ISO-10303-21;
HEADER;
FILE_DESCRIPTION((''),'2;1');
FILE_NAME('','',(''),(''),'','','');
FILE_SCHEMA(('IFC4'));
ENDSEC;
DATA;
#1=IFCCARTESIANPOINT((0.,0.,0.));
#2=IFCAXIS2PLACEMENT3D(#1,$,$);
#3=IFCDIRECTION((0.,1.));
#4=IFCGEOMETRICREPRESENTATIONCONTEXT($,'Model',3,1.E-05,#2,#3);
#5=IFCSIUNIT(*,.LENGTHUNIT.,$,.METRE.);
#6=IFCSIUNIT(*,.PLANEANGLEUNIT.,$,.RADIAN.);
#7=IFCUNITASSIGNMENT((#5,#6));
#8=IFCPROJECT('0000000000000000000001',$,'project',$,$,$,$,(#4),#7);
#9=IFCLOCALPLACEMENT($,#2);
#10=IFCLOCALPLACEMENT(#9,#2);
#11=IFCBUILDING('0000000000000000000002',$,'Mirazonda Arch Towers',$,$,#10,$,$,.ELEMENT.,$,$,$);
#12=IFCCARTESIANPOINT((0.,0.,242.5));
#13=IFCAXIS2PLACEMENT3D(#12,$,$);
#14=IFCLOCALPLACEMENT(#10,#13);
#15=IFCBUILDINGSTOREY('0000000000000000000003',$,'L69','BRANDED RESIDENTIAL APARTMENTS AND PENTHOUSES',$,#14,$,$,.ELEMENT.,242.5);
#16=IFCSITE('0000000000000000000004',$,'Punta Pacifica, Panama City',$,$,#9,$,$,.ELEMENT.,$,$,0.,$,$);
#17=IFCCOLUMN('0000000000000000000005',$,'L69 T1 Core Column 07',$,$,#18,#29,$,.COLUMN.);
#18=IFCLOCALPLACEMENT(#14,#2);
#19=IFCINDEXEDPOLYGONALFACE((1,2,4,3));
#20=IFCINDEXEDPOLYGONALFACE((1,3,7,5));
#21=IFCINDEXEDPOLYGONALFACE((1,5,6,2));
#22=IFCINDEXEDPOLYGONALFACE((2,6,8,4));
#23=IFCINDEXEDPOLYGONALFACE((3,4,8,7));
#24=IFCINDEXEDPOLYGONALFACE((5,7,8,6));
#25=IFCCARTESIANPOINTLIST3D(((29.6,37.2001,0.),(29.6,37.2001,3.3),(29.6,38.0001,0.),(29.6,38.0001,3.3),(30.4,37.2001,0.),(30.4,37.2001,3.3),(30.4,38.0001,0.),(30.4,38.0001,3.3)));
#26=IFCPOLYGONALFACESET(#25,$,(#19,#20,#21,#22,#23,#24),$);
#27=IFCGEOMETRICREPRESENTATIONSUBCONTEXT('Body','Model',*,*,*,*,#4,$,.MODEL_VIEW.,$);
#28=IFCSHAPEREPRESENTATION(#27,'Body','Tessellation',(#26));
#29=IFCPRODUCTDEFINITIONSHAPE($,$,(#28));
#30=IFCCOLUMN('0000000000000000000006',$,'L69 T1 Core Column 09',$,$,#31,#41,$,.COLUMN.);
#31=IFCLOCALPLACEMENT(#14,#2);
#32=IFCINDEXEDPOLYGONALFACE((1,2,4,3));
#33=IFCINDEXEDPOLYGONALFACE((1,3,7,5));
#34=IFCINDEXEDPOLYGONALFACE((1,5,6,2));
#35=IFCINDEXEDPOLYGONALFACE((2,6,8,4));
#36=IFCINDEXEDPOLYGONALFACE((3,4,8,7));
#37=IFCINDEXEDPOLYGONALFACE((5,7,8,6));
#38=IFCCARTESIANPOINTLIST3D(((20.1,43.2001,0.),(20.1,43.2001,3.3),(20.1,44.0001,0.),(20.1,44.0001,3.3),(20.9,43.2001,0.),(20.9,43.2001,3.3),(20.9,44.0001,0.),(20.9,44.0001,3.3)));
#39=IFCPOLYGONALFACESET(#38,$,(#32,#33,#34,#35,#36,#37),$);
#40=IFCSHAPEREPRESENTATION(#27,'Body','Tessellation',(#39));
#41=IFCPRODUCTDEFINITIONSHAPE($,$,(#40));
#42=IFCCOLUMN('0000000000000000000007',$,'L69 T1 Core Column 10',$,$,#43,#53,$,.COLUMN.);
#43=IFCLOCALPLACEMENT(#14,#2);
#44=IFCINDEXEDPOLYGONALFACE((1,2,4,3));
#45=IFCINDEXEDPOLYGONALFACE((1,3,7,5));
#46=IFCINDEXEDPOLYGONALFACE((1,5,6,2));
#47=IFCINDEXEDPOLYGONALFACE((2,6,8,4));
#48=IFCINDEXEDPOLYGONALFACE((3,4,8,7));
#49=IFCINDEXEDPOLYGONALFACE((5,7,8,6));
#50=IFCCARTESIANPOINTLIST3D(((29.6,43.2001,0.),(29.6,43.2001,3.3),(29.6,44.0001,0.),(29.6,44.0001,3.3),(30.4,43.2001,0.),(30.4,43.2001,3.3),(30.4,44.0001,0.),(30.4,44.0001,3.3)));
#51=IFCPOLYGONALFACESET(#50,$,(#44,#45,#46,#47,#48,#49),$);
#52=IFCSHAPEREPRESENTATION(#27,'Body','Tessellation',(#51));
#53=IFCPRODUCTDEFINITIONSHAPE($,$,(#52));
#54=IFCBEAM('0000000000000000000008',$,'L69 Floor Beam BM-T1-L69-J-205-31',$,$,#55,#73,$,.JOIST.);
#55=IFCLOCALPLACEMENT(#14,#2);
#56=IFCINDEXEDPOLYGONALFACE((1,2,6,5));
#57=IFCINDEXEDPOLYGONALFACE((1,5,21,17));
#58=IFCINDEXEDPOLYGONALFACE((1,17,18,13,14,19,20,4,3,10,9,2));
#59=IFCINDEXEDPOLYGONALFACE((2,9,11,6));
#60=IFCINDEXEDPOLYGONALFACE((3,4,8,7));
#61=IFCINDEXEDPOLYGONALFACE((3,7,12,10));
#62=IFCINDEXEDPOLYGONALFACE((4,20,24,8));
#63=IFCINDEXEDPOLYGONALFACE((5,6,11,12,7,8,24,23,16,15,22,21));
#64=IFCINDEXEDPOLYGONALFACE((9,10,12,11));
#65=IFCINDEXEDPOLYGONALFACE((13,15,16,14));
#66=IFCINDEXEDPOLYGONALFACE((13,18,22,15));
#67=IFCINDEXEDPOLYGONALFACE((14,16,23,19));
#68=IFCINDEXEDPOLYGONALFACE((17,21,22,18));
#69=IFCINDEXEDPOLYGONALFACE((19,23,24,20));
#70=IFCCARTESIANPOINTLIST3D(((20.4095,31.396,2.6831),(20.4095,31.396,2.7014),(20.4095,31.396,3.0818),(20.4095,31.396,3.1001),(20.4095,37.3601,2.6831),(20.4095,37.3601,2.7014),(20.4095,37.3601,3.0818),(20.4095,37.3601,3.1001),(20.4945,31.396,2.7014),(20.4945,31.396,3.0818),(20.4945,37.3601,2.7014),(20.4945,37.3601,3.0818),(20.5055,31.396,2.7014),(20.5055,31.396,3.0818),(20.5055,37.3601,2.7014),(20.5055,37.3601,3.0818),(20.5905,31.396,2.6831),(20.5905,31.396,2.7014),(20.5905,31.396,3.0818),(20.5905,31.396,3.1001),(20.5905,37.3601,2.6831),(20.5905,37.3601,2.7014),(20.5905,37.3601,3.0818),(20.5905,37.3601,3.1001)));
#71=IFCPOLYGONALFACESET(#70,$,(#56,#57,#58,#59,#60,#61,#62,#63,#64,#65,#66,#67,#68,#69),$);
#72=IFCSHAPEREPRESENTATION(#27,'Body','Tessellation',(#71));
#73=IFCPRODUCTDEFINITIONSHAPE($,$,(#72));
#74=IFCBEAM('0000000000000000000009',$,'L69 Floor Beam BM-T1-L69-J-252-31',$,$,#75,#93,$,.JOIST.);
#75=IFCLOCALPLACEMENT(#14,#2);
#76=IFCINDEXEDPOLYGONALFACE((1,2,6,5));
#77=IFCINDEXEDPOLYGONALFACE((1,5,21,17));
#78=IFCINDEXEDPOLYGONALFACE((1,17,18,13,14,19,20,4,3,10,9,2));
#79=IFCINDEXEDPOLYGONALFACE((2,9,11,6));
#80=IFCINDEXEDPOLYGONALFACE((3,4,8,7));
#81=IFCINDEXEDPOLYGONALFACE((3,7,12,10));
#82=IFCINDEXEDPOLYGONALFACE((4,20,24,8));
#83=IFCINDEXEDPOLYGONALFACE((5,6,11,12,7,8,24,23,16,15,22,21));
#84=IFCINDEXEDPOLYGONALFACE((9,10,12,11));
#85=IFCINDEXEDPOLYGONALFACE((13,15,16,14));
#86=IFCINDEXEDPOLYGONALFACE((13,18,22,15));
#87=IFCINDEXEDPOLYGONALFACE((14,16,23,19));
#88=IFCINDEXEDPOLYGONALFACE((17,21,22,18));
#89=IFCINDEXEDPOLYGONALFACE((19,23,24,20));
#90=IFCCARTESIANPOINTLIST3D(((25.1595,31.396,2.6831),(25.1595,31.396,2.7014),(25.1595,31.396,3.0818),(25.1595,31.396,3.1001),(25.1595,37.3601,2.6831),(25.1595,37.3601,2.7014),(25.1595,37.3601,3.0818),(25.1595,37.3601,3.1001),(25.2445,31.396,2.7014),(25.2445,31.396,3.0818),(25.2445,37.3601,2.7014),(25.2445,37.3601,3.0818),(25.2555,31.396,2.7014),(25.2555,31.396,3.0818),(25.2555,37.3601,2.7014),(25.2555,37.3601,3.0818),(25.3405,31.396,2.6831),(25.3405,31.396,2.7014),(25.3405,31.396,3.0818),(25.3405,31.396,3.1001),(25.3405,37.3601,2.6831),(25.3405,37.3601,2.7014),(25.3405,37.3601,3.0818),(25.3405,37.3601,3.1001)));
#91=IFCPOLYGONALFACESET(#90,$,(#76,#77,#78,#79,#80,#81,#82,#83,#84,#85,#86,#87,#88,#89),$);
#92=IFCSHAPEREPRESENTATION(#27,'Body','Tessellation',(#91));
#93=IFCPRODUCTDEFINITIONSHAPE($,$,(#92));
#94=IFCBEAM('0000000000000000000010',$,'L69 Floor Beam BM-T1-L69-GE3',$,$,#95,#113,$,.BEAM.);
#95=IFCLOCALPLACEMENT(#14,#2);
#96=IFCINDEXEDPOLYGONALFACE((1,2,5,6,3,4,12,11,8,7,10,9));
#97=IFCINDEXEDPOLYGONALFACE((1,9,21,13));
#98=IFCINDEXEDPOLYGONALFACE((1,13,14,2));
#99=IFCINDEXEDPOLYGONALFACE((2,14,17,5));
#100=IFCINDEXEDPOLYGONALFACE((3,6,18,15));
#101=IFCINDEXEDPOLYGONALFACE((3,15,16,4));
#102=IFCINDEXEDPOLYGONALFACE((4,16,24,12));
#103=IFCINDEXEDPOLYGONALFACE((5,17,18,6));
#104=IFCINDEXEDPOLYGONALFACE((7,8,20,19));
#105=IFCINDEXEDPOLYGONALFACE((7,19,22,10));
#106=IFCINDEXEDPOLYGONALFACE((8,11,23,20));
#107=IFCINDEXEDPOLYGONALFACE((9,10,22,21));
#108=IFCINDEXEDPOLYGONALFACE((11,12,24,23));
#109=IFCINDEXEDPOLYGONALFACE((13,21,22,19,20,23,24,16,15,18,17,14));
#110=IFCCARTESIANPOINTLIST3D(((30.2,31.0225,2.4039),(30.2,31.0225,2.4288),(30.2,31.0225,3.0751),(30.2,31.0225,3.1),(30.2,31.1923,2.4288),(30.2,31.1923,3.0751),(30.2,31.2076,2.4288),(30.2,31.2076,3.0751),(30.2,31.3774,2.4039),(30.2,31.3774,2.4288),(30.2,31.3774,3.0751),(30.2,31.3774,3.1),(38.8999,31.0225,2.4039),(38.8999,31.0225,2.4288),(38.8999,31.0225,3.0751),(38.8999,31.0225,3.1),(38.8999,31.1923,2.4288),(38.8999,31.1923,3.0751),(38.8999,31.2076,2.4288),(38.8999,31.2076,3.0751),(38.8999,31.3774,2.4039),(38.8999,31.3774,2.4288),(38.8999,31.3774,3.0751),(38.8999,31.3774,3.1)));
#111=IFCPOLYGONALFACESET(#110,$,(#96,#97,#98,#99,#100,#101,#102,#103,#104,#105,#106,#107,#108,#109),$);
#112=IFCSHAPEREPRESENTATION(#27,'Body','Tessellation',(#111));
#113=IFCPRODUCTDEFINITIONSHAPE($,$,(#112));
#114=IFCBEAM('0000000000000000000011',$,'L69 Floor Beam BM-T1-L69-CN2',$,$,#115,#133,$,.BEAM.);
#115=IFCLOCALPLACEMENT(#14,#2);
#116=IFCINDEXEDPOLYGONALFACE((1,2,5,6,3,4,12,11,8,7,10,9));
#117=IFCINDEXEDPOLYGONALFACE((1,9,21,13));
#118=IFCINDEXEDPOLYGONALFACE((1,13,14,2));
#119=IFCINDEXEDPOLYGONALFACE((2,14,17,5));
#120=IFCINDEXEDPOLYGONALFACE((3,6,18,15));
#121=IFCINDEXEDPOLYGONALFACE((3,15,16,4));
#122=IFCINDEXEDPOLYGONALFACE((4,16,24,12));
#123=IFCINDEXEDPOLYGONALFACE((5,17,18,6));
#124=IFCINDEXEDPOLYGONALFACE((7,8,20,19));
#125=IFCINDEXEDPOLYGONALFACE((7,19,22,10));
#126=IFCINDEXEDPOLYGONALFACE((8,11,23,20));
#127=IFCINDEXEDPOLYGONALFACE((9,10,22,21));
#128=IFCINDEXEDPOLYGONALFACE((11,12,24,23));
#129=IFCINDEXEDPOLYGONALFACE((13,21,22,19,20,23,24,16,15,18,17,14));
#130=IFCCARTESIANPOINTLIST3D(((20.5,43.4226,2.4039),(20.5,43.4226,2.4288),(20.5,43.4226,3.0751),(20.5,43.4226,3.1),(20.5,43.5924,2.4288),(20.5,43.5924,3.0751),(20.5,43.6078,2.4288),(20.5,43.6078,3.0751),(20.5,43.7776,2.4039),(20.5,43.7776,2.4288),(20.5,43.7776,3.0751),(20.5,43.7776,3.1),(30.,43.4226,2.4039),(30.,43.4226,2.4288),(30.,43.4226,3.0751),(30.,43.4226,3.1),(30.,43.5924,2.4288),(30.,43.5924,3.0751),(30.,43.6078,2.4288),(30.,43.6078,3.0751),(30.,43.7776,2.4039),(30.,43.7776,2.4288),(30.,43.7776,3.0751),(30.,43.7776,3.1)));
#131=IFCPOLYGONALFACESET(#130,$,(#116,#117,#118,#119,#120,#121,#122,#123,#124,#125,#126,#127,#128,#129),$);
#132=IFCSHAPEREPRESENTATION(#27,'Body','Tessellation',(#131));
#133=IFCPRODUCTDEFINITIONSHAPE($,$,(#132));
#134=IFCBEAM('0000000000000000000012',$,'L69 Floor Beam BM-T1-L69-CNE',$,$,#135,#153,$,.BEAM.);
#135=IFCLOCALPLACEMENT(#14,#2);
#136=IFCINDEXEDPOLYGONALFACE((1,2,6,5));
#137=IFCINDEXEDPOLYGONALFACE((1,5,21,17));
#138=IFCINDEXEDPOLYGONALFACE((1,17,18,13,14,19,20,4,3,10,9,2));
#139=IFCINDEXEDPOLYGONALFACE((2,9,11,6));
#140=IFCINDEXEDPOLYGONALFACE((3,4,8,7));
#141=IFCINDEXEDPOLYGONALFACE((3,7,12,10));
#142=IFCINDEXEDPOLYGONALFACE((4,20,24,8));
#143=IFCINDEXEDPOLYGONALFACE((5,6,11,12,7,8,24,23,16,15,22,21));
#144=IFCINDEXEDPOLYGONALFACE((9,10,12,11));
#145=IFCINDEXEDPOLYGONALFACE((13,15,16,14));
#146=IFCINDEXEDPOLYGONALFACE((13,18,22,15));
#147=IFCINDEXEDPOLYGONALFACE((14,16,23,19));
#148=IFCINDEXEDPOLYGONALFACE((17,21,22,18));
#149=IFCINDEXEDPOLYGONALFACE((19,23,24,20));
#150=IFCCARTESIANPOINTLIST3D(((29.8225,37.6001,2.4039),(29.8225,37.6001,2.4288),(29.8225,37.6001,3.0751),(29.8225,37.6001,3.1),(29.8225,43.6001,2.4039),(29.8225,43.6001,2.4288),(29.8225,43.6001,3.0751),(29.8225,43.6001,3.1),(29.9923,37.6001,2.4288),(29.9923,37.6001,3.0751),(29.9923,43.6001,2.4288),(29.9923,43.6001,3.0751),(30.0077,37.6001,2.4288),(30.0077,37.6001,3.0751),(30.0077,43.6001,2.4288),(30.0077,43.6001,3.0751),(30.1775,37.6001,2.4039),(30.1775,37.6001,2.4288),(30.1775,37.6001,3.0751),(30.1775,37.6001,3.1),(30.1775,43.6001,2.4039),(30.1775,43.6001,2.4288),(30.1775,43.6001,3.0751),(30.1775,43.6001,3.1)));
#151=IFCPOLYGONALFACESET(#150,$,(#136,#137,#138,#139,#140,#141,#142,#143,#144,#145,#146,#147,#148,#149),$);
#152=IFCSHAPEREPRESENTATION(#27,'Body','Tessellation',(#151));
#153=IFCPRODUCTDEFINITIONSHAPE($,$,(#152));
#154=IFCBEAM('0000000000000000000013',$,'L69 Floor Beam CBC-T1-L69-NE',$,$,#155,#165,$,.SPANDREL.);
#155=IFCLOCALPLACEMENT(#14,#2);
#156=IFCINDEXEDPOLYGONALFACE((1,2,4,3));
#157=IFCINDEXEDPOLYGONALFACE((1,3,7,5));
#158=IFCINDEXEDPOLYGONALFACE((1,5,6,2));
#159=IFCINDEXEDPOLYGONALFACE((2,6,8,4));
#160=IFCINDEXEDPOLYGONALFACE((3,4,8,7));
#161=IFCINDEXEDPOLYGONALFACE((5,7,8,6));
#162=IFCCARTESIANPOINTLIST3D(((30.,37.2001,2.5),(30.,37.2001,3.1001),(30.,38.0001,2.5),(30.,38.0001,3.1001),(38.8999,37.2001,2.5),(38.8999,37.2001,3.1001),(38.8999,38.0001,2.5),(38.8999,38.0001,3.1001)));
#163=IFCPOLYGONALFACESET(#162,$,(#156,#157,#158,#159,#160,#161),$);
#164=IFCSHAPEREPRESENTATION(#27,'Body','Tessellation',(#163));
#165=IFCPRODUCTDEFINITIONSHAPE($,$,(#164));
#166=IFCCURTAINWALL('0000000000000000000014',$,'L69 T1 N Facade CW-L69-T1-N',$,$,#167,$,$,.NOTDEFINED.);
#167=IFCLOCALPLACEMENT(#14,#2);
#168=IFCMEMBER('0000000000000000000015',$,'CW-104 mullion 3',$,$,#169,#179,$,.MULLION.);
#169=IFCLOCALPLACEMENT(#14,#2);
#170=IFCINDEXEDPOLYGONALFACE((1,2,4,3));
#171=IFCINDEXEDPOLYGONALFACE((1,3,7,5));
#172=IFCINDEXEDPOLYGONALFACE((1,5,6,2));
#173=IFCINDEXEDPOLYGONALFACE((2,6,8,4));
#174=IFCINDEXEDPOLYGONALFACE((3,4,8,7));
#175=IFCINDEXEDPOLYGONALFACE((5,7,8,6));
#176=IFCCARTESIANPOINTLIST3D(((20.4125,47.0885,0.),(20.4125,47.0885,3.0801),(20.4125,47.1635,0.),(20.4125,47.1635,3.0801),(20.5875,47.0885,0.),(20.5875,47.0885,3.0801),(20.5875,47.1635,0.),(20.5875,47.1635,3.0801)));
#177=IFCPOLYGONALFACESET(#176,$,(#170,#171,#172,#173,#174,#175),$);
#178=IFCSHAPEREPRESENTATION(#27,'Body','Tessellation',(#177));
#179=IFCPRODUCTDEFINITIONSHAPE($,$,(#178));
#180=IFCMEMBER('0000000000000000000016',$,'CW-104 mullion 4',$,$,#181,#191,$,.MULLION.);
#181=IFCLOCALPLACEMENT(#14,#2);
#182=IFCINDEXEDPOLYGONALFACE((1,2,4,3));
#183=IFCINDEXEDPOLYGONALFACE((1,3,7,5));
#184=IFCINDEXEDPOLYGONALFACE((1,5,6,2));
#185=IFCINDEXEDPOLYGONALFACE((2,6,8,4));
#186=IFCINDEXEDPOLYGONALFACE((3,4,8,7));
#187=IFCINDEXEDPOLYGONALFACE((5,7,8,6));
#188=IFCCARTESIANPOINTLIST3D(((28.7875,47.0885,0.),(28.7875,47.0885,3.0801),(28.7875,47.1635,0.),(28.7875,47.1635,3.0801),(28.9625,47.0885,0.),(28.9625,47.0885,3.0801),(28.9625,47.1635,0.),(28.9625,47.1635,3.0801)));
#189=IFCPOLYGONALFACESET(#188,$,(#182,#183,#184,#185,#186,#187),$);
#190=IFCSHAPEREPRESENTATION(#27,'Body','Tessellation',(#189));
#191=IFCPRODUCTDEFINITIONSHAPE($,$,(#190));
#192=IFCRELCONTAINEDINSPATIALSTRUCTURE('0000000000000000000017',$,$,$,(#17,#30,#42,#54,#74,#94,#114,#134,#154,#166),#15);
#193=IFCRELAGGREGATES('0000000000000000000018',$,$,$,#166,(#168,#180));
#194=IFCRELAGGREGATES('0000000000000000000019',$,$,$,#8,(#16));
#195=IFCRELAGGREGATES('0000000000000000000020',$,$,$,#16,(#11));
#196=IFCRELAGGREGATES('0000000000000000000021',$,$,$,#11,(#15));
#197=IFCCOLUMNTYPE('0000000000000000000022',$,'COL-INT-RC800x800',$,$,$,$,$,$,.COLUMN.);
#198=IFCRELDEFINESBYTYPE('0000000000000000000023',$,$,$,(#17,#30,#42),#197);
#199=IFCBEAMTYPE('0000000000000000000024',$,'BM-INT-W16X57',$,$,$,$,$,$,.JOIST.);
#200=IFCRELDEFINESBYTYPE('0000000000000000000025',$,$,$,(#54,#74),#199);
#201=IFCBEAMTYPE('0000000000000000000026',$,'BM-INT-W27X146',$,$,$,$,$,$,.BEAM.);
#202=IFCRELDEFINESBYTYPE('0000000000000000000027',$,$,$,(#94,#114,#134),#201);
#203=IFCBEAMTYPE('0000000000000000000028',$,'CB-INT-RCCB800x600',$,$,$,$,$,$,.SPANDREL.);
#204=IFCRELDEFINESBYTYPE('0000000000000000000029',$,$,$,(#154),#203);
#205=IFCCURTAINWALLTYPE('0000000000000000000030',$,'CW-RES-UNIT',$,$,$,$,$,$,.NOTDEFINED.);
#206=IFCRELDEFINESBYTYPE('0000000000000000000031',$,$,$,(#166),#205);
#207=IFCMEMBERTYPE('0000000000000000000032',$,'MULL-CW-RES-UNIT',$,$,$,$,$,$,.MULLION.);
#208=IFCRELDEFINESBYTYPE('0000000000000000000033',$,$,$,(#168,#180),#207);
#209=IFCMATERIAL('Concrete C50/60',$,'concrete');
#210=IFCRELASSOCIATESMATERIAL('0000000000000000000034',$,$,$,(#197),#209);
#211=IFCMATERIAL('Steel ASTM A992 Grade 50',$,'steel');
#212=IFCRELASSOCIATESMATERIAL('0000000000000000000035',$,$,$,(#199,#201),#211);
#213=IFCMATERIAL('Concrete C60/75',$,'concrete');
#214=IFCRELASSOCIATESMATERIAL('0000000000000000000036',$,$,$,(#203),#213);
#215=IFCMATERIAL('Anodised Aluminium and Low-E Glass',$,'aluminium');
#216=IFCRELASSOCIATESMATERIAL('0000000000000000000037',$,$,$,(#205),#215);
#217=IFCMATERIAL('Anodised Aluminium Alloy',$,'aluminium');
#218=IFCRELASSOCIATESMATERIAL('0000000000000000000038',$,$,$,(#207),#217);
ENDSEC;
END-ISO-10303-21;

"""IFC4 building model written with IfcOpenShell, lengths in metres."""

from ifc_helpers import new_model, si_unit, direction, frame, origin, origin_2d, place, context, subcontext, project, spatial, rectangle, i_section, extrude, material, material_profile, profile_set, type_object, element, aggregate, save


model = new_model("IFC4")

# Units and contexts
model_context = context("Model", 3, precision=1e-05, world=origin(), true_north=direction((0.0, 1.0)))
body_context = subcontext(model_context, "Body", "Model", "MODEL_VIEW")
ifc_project = project(units=[si_unit("LENGTHUNIT", "METRE"), si_unit("PLANEANGLEUNIT", "RADIAN")], contexts=[model_context])

# Site, building, storey
site_placement = place(None, origin())
site = spatial("IfcSite", under=ifc_project, at=site_placement, Name="Punta Pacifica, Panama City", CompositionType="ELEMENT", RefElevation=0.0)
building_placement = place(site_placement, origin())
building = spatial("IfcBuilding", under=site, at=building_placement, Name="Mirazonda Arch Towers", CompositionType="ELEMENT")
storey_placement = place(building_placement, frame((0.0, 0.0, 242.5)))
storey = spatial("IfcBuildingStorey", under=building, at=storey_placement, Name="L69", Description="BRANDED RESIDENTIAL APARTMENTS AND PENTHOUSES", CompositionType="ELEMENT", Elevation=242.5)

# Columns
ifc_material_1 = material(Name="Concrete C50/60", Category="concrete")
ifc_material_profile_1 = material_profile(ifc_material_1, rectangle(XDim=0.8, YDim=0.8, at=origin_2d()), Name="RC800x800")
ifc_profile_set_1 = profile_set([ifc_material_profile_1], Name="Concrete C50/60")
column_type = type_object("IfcColumnType", Name="COL-INT-RC800x800", PredefinedType="COLUMN", material=ifc_profile_set_1)
for number, where, z_axis, x_axis, name in (
    (1, (30.0, 37.6001, 0.0), (0.0, 0.0, 1.0), (1.0, 0.0, 0.0), "L69 T1 Core Column 07"),
    (2, (20.5, 43.6001, 0.0), (0.0, 0.0, 1.0), (1.0, 0.0, 0.0), "L69 T1 Core Column 09"),
    (3, (30.0, 43.6001, 0.0), (0.0, 0.0, 1.0), (1.0, 0.0, 0.0), "L69 T1 Core Column 10"),
):
    element("IfcColumn", number, at=place(storey_placement, frame(where, z_axis=z_axis, x_axis=x_axis)), inside=storey, type_object=column_type, Name=name, PredefinedType="COLUMN", context=body_context, shape_type="SweptSolid", body=[
        extrude(rectangle(XDim=0.8, YDim=0.8, at=origin_2d()), origin(), (0.0, 0.0, 1.0), 3.3),
    ])

# Beams
ifc_material_2 = material(Name="Steel ASTM A992 Grade 50", Category="steel")
ifc_material_profile_2 = material_profile(ifc_material_2, i_section(OverallWidth=0.1809, OverallDepth=0.417, WebThickness=0.011, FlangeThickness=0.0183, at=origin_2d()), Name="W16X57")
ifc_profile_set_2 = profile_set([ifc_material_profile_2], Name="Steel ASTM A992 Grade 50")
beam_type_1 = type_object("IfcBeamType", Name="BM-INT-W16X57", PredefinedType="JOIST", material=ifc_profile_set_2)
for number, where, z_axis, x_axis, name in (
    (4, (20.5, 31.396, 2.8916), (0.0, 1.0, 0.0), (-1.0, 0.0, 0.0), "L69 Floor Beam BM-T1-L69-J-205-31"),
    (5, (25.25, 31.396, 2.8916), (0.0, 1.0, 0.0), (-1.0, 0.0, 0.0), "L69 Floor Beam BM-T1-L69-J-252-31"),
):
    element("IfcBeam", number, at=place(storey_placement, frame(where, z_axis=z_axis, x_axis=x_axis)), inside=storey, type_object=beam_type_1, Name=name, PredefinedType="JOIST", context=body_context, shape_type="SweptSolid", body=[
        extrude(i_section(OverallWidth=0.1809, OverallDepth=0.417, WebThickness=0.011, FlangeThickness=0.0183, at=origin_2d()), origin(), (0.0, 0.0, 1.0), 5.9641),
    ])
ifc_material_profile_3 = material_profile(ifc_material_2, i_section(OverallWidth=0.355, OverallDepth=0.696, WebThickness=0.0154, FlangeThickness=0.0249, at=origin_2d()), Name="W27X146")
ifc_profile_set_3 = profile_set([ifc_material_profile_3], Name="Steel ASTM A992 Grade 50")
beam_type_2 = type_object("IfcBeamType", Name="BM-INT-W27X146", PredefinedType="BEAM", material=ifc_profile_set_3)
beam_1_placement = place(storey_placement, frame((30.2, 31.2, 2.752), z_axis=(1.0, 0.0, 0.0), x_axis=(0.0, 1.0, 0.0)))
element("IfcBeam", 6, at=beam_1_placement, inside=storey, type_object=beam_type_2, Name="L69 Floor Beam BM-T1-L69-GE3", PredefinedType="BEAM", context=body_context, shape_type="SweptSolid", body=[
    extrude(i_section(OverallWidth=0.355, OverallDepth=0.696, WebThickness=0.0154, FlangeThickness=0.0249, at=origin_2d()), origin(), (0.0, 0.0, 1.0), 8.7),
])
beam_2_placement = place(storey_placement, frame((20.5, 43.6001, 2.752), z_axis=(1.0, 0.0, 0.0), x_axis=(0.0, 1.0, 0.0)))
element("IfcBeam", 7, at=beam_2_placement, inside=storey, type_object=beam_type_2, Name="L69 Floor Beam BM-T1-L69-CN2", PredefinedType="BEAM", context=body_context, shape_type="SweptSolid", body=[
    extrude(i_section(OverallWidth=0.355, OverallDepth=0.696, WebThickness=0.0154, FlangeThickness=0.0249, at=origin_2d()), origin(), (0.0, 0.0, 1.0), 9.5),
])
beam_3_placement = place(storey_placement, frame((30.0, 37.6001, 2.752), z_axis=(0.0, 1.0, 0.0), x_axis=(-1.0, 0.0, 0.0)))
element("IfcBeam", 8, at=beam_3_placement, inside=storey, type_object=beam_type_2, Name="L69 Floor Beam BM-T1-L69-CNE", PredefinedType="BEAM", context=body_context, shape_type="SweptSolid", body=[
    extrude(i_section(OverallWidth=0.355, OverallDepth=0.696, WebThickness=0.0154, FlangeThickness=0.0249, at=origin_2d()), origin(), (0.0, 0.0, 1.0), 6.0),
])
ifc_material_3 = material(Name="Concrete C60/75", Category="concrete")
ifc_material_profile_4 = material_profile(ifc_material_3, rectangle(XDim=0.8, YDim=0.6001, at=origin_2d()), Name="RCCB800x600")
ifc_profile_set_4 = profile_set([ifc_material_profile_4], Name="Concrete C60/75")
beam_type_3 = type_object("IfcBeamType", Name="CB-INT-RCCB800x600", PredefinedType="SPANDREL", material=ifc_profile_set_4)
beam_4_placement = place(storey_placement, frame((30.0, 37.6001, 2.8), z_axis=(1.0, 0.0, 0.0), x_axis=(0.0, 1.0, 0.0)))
element("IfcBeam", 9, at=beam_4_placement, inside=storey, type_object=beam_type_3, Name="L69 Floor Beam CBC-T1-L69-NE", PredefinedType="SPANDREL", context=body_context, shape_type="SweptSolid", body=[
    extrude(rectangle(XDim=0.8, YDim=0.6001, at=origin_2d()), origin(), (0.0, 0.0, 1.0), 8.8999),
])

# Curtain wall, members
ifc_material_4 = material(Name="Anodised Aluminium and Low-E Glass", Category="aluminium")
curtain_wall_type = type_object("IfcCurtainWallType", Name="CW-RES-UNIT", PredefinedType="NOTDEFINED", material=ifc_material_4)
curtain_wall_placement = place(storey_placement, origin())
curtain_wall = element("IfcCurtainWall", 10, at=curtain_wall_placement, inside=storey, type_object=curtain_wall_type, Name="L69 T1 N Facade CW-L69-T1-N", PredefinedType="NOTDEFINED")
ifc_material_5 = material(Name="Anodised Aluminium Alloy", Category="aluminium")
ifc_material_profile_5 = material_profile(ifc_material_5, rectangle(XDim=0.075, YDim=0.175, at=origin_2d()), Name="ALU-MULL-75x175")
ifc_profile_set_5 = profile_set([ifc_material_profile_5], Name="Anodised Aluminium Alloy")
member_type_1 = type_object("IfcMemberType", Name="MULL-CW-RES-UNIT", PredefinedType="MULLION", material=ifc_profile_set_5)
member_1_placement = place(storey_placement, frame((20.5, 47.126, 0.0), z_axis=(0.0, 0.0, 1.0), x_axis=(0.0, 1.0, 0.0)))
member_1 = element("IfcMember", 11, at=member_1_placement, type_object=member_type_1, Name="CW-104 mullion 3", PredefinedType="MULLION", context=body_context, shape_type="SweptSolid", body=[
    extrude(rectangle(XDim=0.075, YDim=0.175, at=origin_2d()), origin(), (0.0, 0.0, 1.0), 3.0801),
])
member_2_placement = place(storey_placement, frame((28.875, 47.126, 0.0), z_axis=(0.0, 0.0, 1.0), x_axis=(0.0, 1.0, 0.0)))
member_2 = element("IfcMember", 12, at=member_2_placement, type_object=member_type_1, Name="CW-104 mullion 4", PredefinedType="MULLION", context=body_context, shape_type="SweptSolid", body=[
    extrude(rectangle(XDim=0.075, YDim=0.175, at=origin_2d()), origin(), (0.0, 0.0, 1.0), 3.0801),
])
aggregate(curtain_wall, [member_1, member_2])

save(model, "model.ifc")
